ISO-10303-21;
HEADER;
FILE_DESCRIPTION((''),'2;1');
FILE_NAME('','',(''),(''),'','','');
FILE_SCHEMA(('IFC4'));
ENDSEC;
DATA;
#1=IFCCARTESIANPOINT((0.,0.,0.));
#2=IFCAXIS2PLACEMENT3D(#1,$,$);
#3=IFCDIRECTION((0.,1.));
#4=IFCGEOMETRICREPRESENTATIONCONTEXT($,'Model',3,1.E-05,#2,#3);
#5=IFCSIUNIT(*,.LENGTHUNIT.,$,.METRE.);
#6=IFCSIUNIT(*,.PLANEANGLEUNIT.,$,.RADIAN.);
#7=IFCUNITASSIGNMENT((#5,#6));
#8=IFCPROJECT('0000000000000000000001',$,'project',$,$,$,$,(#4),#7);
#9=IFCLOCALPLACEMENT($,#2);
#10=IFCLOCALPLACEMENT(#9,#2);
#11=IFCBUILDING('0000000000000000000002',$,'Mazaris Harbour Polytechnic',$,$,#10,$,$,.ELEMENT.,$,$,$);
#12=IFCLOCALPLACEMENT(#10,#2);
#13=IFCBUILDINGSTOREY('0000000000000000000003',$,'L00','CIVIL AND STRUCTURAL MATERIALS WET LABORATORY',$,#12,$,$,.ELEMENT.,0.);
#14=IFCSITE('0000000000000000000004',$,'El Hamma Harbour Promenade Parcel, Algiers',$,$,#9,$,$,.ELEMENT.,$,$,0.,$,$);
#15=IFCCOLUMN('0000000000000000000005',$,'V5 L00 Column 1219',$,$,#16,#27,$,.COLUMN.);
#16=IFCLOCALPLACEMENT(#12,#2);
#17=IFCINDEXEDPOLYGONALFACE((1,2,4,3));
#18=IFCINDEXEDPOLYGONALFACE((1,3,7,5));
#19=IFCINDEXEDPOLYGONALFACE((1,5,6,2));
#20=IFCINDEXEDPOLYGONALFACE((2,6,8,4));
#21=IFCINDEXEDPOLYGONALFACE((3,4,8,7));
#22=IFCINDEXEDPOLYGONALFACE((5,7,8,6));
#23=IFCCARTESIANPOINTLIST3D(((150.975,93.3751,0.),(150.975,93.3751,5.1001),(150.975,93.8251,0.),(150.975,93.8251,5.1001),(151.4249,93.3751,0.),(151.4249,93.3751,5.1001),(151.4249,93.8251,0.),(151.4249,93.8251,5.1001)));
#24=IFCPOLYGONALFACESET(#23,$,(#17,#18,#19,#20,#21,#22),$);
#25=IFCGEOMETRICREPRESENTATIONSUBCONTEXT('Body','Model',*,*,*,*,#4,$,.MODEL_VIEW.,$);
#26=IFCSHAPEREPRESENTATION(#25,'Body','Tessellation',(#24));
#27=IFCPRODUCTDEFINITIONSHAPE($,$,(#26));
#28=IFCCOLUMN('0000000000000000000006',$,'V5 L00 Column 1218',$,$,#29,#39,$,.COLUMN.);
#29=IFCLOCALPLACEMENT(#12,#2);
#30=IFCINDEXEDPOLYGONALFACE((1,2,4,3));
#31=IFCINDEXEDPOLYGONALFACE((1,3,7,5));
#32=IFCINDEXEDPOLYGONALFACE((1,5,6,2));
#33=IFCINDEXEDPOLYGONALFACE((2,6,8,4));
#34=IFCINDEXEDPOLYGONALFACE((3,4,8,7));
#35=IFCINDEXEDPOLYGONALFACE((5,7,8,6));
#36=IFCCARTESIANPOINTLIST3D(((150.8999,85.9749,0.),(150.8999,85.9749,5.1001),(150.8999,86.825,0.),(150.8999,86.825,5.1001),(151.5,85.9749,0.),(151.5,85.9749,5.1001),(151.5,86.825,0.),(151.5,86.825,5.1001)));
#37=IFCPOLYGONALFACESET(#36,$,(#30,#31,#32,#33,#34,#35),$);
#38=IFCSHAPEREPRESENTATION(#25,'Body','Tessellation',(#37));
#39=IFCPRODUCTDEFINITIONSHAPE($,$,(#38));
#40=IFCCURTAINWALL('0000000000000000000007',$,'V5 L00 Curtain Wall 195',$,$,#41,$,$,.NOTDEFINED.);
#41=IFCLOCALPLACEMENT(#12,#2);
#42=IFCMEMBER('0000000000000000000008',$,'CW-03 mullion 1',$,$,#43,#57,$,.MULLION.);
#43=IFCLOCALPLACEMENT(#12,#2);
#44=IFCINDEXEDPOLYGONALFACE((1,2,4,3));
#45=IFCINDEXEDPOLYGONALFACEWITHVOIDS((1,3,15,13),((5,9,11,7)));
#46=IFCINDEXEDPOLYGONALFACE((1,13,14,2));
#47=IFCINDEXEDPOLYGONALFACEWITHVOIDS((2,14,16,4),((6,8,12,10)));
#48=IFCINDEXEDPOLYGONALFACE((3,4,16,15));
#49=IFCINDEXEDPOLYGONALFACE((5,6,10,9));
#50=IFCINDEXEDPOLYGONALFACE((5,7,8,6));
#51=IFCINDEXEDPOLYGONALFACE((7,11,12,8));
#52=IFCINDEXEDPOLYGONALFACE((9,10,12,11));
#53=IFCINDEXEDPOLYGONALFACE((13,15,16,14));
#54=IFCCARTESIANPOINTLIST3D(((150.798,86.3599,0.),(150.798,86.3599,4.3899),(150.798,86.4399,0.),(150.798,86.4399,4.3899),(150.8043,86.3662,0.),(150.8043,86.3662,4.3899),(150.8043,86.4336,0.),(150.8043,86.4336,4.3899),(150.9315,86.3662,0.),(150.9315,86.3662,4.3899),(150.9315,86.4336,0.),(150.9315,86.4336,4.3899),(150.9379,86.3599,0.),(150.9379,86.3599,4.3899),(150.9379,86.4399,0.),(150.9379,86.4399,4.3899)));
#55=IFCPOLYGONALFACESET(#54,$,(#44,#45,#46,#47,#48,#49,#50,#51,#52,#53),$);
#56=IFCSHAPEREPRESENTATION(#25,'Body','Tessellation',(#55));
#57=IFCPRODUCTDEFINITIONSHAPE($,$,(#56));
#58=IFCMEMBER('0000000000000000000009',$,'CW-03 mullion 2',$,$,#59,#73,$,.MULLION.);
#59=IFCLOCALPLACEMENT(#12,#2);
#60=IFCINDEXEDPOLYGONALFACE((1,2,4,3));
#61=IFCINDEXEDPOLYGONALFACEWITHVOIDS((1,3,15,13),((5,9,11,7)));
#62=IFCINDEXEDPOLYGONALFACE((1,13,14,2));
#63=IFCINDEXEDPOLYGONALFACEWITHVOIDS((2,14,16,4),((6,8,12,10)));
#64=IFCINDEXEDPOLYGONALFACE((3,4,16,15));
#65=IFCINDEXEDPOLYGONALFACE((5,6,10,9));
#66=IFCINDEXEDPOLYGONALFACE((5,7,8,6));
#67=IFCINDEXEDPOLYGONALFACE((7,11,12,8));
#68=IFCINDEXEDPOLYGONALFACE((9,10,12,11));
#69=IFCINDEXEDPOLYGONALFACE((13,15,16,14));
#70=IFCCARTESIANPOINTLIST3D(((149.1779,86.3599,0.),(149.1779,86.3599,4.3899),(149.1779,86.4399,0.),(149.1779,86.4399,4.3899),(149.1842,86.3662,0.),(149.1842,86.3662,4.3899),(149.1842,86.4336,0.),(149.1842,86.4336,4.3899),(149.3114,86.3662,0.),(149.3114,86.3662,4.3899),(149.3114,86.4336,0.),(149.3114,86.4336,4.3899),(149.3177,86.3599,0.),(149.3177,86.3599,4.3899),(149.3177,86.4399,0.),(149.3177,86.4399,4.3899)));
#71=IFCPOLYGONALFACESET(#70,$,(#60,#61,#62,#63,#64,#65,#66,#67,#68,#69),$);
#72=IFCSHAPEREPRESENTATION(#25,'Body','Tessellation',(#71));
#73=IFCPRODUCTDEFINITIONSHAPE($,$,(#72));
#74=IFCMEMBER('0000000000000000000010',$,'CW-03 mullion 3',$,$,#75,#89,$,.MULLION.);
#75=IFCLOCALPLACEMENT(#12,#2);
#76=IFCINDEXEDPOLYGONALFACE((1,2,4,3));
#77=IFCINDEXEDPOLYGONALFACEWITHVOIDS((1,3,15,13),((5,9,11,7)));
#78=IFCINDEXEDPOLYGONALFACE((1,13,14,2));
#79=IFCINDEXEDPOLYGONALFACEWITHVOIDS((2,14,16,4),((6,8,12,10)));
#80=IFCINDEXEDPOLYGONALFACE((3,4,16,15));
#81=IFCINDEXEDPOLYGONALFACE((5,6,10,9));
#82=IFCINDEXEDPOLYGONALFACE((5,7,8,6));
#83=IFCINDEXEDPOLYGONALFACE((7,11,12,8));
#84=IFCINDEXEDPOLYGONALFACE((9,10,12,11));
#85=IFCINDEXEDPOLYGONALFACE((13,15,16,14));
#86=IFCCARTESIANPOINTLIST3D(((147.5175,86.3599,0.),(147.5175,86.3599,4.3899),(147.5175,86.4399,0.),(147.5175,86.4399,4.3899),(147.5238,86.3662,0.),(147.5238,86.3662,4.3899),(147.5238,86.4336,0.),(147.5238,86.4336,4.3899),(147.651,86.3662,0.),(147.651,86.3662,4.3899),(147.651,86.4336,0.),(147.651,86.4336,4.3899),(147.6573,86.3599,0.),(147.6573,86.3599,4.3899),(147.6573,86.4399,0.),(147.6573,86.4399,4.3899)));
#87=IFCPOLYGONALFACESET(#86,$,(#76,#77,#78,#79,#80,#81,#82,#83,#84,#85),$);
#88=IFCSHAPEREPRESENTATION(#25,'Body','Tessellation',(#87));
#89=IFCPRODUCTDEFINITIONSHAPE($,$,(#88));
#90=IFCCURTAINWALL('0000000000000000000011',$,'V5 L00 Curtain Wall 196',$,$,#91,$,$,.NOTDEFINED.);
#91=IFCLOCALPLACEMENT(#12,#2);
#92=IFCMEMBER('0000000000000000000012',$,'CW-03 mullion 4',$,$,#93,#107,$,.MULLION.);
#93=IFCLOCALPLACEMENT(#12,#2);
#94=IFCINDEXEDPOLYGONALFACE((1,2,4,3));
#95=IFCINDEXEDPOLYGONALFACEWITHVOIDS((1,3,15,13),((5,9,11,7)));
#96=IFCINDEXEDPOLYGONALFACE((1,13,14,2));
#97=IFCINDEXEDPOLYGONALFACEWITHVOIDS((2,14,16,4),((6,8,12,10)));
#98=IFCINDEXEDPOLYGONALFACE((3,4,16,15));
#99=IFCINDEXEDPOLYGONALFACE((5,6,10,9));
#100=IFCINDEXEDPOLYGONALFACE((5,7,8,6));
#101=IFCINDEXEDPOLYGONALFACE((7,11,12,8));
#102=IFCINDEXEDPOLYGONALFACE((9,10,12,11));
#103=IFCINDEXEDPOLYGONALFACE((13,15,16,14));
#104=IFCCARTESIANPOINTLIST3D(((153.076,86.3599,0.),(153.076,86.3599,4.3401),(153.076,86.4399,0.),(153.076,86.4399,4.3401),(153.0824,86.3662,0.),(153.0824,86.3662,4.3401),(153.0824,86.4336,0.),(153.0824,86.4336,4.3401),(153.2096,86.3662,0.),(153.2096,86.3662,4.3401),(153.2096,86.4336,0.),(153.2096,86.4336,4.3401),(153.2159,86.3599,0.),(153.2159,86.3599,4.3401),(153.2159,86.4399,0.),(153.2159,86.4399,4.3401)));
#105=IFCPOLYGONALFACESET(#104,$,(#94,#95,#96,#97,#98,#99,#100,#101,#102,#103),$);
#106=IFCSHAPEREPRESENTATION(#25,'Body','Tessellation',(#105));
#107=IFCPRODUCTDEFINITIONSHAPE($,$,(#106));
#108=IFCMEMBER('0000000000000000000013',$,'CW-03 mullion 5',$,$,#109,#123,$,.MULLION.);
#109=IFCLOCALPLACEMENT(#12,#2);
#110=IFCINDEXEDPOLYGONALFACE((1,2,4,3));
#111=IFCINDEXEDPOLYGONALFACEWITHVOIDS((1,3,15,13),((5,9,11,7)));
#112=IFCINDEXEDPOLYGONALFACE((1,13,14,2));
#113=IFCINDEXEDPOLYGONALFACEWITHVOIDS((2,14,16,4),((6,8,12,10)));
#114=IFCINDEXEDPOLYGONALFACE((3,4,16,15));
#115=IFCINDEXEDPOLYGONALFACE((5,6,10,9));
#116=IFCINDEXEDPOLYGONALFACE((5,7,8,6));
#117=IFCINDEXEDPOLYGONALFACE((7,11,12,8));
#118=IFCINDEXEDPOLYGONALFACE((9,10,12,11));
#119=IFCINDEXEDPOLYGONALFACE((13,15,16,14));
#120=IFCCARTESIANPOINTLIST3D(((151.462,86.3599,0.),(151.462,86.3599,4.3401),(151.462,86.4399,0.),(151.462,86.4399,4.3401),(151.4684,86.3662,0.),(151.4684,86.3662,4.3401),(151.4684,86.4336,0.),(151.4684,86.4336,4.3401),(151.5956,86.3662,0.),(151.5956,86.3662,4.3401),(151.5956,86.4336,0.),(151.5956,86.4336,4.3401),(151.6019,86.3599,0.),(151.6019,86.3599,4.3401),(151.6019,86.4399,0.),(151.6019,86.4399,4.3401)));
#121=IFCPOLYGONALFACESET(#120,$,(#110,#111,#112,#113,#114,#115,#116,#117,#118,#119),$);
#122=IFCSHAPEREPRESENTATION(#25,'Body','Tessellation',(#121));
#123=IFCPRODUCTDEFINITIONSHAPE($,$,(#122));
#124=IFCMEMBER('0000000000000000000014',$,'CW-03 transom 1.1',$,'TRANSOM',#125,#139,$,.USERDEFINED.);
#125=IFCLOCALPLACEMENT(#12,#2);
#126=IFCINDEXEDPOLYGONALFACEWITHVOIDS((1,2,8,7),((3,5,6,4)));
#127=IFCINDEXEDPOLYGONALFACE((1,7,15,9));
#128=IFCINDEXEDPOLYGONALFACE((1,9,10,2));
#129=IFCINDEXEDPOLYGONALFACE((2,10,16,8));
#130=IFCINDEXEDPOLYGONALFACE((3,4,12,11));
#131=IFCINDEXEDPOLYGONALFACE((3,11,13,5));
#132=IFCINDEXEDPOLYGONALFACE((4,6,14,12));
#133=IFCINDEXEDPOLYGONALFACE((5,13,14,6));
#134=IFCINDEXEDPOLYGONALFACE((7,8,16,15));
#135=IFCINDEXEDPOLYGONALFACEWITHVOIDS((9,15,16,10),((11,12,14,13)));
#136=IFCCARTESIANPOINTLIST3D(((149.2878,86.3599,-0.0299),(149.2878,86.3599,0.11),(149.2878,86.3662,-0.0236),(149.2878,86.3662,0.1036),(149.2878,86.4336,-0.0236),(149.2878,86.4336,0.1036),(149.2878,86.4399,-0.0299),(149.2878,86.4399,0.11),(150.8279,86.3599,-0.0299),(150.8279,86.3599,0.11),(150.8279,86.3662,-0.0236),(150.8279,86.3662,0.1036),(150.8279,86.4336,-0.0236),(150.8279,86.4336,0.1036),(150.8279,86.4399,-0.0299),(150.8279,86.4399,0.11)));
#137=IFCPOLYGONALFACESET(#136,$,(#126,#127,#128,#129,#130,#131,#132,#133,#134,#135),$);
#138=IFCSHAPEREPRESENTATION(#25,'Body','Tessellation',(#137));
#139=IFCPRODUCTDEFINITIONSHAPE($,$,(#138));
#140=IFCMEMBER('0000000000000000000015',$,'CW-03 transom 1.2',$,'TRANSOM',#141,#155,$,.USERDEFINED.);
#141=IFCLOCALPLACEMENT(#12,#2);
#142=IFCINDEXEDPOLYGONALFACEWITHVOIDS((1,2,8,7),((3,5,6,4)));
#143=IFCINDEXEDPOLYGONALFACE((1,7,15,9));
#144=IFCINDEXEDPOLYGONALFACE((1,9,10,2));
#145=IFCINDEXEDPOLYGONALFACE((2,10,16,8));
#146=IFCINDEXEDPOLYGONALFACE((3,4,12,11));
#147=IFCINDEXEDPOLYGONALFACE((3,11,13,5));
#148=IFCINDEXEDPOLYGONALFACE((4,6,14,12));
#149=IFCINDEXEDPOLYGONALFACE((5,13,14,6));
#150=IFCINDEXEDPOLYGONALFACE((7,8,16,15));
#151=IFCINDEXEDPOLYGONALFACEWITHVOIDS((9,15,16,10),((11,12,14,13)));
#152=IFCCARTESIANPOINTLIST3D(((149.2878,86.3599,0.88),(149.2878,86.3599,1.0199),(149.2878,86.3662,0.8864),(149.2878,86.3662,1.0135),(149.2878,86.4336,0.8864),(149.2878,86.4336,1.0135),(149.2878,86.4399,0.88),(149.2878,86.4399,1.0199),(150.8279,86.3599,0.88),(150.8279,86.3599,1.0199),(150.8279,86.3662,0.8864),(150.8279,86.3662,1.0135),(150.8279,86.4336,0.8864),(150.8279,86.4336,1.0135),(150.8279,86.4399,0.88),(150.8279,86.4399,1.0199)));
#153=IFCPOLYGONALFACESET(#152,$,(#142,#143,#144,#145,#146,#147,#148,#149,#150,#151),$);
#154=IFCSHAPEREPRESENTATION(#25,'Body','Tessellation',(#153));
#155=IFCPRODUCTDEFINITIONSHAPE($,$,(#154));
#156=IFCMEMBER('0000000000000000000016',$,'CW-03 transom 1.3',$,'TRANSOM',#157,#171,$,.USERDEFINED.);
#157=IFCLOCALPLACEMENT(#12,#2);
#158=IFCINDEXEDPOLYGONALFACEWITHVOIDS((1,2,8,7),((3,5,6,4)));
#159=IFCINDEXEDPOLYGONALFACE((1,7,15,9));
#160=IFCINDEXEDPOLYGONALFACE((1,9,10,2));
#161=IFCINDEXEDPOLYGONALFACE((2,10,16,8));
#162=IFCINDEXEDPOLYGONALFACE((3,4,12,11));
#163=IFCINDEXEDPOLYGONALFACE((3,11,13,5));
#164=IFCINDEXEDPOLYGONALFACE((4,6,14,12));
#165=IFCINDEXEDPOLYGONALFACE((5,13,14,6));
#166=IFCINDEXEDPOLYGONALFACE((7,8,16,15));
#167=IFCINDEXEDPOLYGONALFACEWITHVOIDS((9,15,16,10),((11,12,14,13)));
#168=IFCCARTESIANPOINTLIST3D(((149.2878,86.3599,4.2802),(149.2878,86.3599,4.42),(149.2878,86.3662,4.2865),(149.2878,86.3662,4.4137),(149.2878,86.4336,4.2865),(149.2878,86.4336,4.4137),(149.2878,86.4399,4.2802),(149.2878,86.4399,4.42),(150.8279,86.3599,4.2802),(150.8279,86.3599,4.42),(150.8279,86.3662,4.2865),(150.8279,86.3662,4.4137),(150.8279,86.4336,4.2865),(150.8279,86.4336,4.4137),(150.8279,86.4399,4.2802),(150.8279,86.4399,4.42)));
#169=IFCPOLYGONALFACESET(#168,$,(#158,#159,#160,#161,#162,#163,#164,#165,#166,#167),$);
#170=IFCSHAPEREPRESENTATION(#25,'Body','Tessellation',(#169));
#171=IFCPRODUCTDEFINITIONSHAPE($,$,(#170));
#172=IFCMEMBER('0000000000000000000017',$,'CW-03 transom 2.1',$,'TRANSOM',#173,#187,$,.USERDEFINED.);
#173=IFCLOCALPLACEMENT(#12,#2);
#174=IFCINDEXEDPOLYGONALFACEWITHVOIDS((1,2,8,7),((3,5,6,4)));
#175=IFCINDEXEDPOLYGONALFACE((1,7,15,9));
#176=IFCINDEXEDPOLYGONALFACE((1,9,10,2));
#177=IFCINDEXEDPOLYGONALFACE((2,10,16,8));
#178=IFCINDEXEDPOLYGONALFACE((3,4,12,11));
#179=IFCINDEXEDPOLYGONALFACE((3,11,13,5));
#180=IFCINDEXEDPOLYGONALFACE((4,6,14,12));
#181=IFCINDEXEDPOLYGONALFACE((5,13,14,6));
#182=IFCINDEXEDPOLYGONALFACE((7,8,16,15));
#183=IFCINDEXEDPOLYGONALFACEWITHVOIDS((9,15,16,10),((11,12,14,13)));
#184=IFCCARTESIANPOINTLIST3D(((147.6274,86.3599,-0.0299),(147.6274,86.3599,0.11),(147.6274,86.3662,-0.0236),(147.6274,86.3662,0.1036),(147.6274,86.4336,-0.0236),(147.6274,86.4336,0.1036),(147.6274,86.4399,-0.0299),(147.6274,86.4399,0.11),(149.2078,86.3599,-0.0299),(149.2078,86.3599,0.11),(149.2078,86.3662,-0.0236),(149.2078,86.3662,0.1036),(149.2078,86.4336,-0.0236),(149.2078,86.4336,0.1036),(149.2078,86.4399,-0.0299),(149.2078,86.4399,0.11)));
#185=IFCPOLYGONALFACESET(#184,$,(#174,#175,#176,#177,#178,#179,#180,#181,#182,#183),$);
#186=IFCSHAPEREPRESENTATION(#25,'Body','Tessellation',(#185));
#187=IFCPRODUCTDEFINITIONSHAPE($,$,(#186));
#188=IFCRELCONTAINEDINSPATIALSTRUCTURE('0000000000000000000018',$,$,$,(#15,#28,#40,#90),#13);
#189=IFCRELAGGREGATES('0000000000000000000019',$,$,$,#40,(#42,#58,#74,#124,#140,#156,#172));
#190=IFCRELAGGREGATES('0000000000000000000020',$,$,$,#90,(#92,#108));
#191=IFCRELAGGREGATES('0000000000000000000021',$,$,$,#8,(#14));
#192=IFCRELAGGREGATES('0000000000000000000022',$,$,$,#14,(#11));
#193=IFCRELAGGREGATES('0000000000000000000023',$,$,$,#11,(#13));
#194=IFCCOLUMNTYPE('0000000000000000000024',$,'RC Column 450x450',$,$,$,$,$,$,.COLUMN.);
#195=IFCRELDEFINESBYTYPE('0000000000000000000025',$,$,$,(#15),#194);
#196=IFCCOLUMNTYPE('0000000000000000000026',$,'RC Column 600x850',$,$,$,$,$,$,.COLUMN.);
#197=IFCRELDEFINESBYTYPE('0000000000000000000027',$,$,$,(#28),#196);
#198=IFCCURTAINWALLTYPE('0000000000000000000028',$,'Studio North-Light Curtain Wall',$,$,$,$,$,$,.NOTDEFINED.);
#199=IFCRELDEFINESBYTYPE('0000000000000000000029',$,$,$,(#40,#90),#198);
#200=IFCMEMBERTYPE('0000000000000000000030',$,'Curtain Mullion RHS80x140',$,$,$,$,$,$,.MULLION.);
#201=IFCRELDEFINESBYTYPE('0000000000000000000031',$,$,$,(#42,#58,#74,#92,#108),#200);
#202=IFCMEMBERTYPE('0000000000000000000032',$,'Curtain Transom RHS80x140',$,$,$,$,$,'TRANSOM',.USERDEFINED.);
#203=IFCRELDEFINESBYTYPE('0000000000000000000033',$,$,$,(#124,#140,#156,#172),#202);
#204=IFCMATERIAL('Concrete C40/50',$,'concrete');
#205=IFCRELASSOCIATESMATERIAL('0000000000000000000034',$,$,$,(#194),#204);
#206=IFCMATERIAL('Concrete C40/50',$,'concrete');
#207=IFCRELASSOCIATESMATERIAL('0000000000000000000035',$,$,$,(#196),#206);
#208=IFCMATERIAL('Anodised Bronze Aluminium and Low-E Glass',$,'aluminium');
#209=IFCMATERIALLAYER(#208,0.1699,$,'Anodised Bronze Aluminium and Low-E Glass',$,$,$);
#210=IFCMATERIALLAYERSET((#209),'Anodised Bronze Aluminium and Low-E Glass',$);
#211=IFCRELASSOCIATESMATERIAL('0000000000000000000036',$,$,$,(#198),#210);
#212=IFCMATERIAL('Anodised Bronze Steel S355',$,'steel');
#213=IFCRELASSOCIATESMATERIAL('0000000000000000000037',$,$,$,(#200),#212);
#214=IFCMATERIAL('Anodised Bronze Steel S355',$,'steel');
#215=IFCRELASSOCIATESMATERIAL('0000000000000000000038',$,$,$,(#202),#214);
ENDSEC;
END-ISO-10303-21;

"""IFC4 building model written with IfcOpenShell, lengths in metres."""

from ifc_helpers import new_model, si_unit, direction, frame, origin, origin_2d, place, context, subcontext, project, spatial, rectangle, hollow_rectangle, extrude, material, layer, layer_set, material_profile, profile_set, type_object, element, aggregate, save


model = new_model("IFC4")

# Units and contexts
model_context = context("Model", 3, precision=1e-05, world=origin(), true_north=direction((0.0, 1.0)))
body_context = subcontext(model_context, "Body", "Model", "MODEL_VIEW")
ifc_project = project(units=[si_unit("LENGTHUNIT", "METRE"), si_unit("PLANEANGLEUNIT", "RADIAN")], contexts=[model_context])

# Site, building, storey
site_placement = place(None, origin())
site = spatial("IfcSite", under=ifc_project, at=site_placement, Name="El Hamma Harbour Promenade Parcel, Algiers", CompositionType="ELEMENT", RefElevation=0.0)
building_placement = place(site_placement, origin())
building = spatial("IfcBuilding", under=site, at=building_placement, Name="Mazaris Harbour Polytechnic", CompositionType="ELEMENT")
storey_placement = place(building_placement, origin())
storey = spatial("IfcBuildingStorey", under=building, at=storey_placement, Name="L00", Description="CIVIL AND STRUCTURAL MATERIALS WET LABORATORY", CompositionType="ELEMENT", Elevation=0.0)

# Columns
ifc_material_1 = material(Name="Concrete C40/50", Category="concrete")
ifc_material_profile_1 = material_profile(ifc_material_1, rectangle(XDim=0.45, YDim=0.45, at=origin_2d()), Name="RECT450x450")
ifc_profile_set_1 = profile_set([ifc_material_profile_1], Name="Concrete C40/50")
column_type_1 = type_object("IfcColumnType", Name="RC Column 450x450", PredefinedType="COLUMN", material=ifc_profile_set_1)
column_1_placement = place(storey_placement, frame((151.2, 93.6001, 0.0), z_axis=(0.0, 0.0, 1.0), x_axis=(1.0, 0.0, 0.0)))
element("IfcColumn", 1, at=column_1_placement, inside=storey, type_object=column_type_1, Name="V5 L00 Column 1219", PredefinedType="COLUMN", context=body_context, shape_type="SweptSolid", body=[
    extrude(rectangle(XDim=0.45, YDim=0.45, at=origin_2d()), origin(), (0.0, 0.0, 1.0), 5.1001),
])
ifc_material_2 = material(Name="Concrete C40/50", Category="concrete")
ifc_material_profile_2 = material_profile(ifc_material_2, rectangle(XDim=0.6001, YDim=0.8501, at=origin_2d()), Name="RECT600x850")
ifc_profile_set_2 = profile_set([ifc_material_profile_2], Name="Concrete C40/50")
column_type_2 = type_object("IfcColumnType", Name="RC Column 600x850", PredefinedType="COLUMN", material=ifc_profile_set_2)
column_2_placement = place(storey_placement, frame((151.2, 86.3999, 0.0), z_axis=(0.0, 0.0, 1.0), x_axis=(1.0, 0.0, 0.0)))
element("IfcColumn", 2, at=column_2_placement, inside=storey, type_object=column_type_2, Name="V5 L00 Column 1218", PredefinedType="COLUMN", context=body_context, shape_type="SweptSolid", body=[
    extrude(rectangle(XDim=0.6001, YDim=0.8501, at=origin_2d()), origin(), (0.0, 0.0, 1.0), 5.1001),
])

# Curtain walls, members
ifc_material_3 = material(Name="Anodised Bronze Aluminium and Low-E Glass", Category="aluminium")
ifc_layer_1 = layer(ifc_material_3, 0.1699, Name="Anodised Bronze Aluminium and Low-E Glass")
ifc_layer_set_1 = layer_set([ifc_layer_1], Name="Anodised Bronze Aluminium and Low-E Glass")
curtain_wall_type = type_object("IfcCurtainWallType", Name="Studio North-Light Curtain Wall", PredefinedType="NOTDEFINED", material=ifc_layer_set_1)
curtain_wall_1_placement = place(storey_placement, origin())
curtain_wall_1 = element("IfcCurtainWall", 3, at=curtain_wall_1_placement, inside=storey, type_object=curtain_wall_type, Name="V5 L00 Curtain Wall 195", PredefinedType="NOTDEFINED")
ifc_material_4 = material(Name="Anodised Bronze Steel S355", Category="steel")
ifc_material_profile_3 = material_profile(ifc_material_4, hollow_rectangle(XDim=0.0801, YDim=0.1399, WallThickness=0.0063, at=origin_2d()), Name="RHS 80x140x6.3")
ifc_profile_set_3 = profile_set([ifc_material_profile_3], Name="Anodised Bronze Steel S355")
member_type_1 = type_object("IfcMemberType", Name="Curtain Mullion RHS80x140", PredefinedType="MULLION", material=ifc_profile_set_3)
member_1_placement = place(storey_placement, frame((150.8679, 86.3999, 0.0), z_axis=(0.0, 0.0, 1.0), x_axis=(0.0, -1.0, 0.0)))
member_1 = element("IfcMember", 4, at=member_1_placement, type_object=member_type_1, Name="CW-03 mullion 1", PredefinedType="MULLION", context=body_context, shape_type="SweptSolid", body=[
    extrude(hollow_rectangle(XDim=0.0801, YDim=0.1399, WallThickness=0.0063, at=origin_2d()), origin(), (0.0, 0.0, 1.0), 4.3899),
])
member_2_placement = place(storey_placement, frame((149.2478, 86.3999, 0.0), z_axis=(0.0, 0.0, 1.0), x_axis=(0.0, -1.0, 0.0)))
member_2 = element("IfcMember", 5, at=member_2_placement, type_object=member_type_1, Name="CW-03 mullion 2", PredefinedType="MULLION", context=body_context, shape_type="SweptSolid", body=[
    extrude(hollow_rectangle(XDim=0.0801, YDim=0.1399, WallThickness=0.0063, at=origin_2d()), origin(), (0.0, 0.0, 1.0), 4.3899),
])
member_3_placement = place(storey_placement, frame((147.5874, 86.3999, 0.0), z_axis=(0.0, 0.0, 1.0), x_axis=(0.0, -1.0, 0.0)))
member_3 = element("IfcMember", 6, at=member_3_placement, type_object=member_type_1, Name="CW-03 mullion 3", PredefinedType="MULLION", context=body_context, shape_type="SweptSolid", body=[
    extrude(hollow_rectangle(XDim=0.0801, YDim=0.1399, WallThickness=0.0063, at=origin_2d()), origin(), (0.0, 0.0, 1.0), 4.3899),
])
curtain_wall_2_placement = place(storey_placement, origin())
curtain_wall_2 = element("IfcCurtainWall", 7, at=curtain_wall_2_placement, inside=storey, type_object=curtain_wall_type, Name="V5 L00 Curtain Wall 196", PredefinedType="NOTDEFINED")
member_4_placement = place(storey_placement, frame((153.146, 86.3999, 0.0), z_axis=(0.0, 0.0, 1.0), x_axis=(0.0, -1.0, 0.0)))
member_4 = element("IfcMember", 8, at=member_4_placement, type_object=member_type_1, Name="CW-03 mullion 4", PredefinedType="MULLION", context=body_context, shape_type="SweptSolid", body=[
    extrude(hollow_rectangle(XDim=0.0801, YDim=0.1399, WallThickness=0.0063, at=origin_2d()), origin(), (0.0, 0.0, 1.0), 4.3401),
])
member_5_placement = place(storey_placement, frame((151.532, 86.3999, 0.0), z_axis=(0.0, 0.0, 1.0), x_axis=(0.0, -1.0, 0.0)))
member_5 = element("IfcMember", 9, at=member_5_placement, type_object=member_type_1, Name="CW-03 mullion 5", PredefinedType="MULLION", context=body_context, shape_type="SweptSolid", body=[
    extrude(hollow_rectangle(XDim=0.0801, YDim=0.1399, WallThickness=0.0063, at=origin_2d()), origin(), (0.0, 0.0, 1.0), 4.3401),
])

# Members
ifc_material_5 = material(Name="Anodised Bronze Steel S355", Category="steel")
ifc_material_profile_4 = material_profile(ifc_material_5, hollow_rectangle(XDim=0.0801, YDim=0.1399, WallThickness=0.0063, at=origin_2d()), Name="RHS 80x140x6.3")
ifc_profile_set_4 = profile_set([ifc_material_profile_4], Name="Anodised Bronze Steel S355")
member_type_2 = type_object("IfcMemberType", Name="Curtain Transom RHS80x140", ElementType="TRANSOM", PredefinedType="USERDEFINED", material=ifc_profile_set_4)
member_6_placement = place(storey_placement, frame((150.8279, 86.3999, 0.04), z_axis=(-1.0, 0.0, 0.0), x_axis=(0.0, -1.0, 0.0)))
member_6 = element("IfcMember", 10, at=member_6_placement, type_object=member_type_2, Name="CW-03 transom 1.1", ObjectType="TRANSOM", PredefinedType="USERDEFINED", context=body_context, shape_type="SweptSolid", body=[
    extrude(hollow_rectangle(XDim=0.0801, YDim=0.1399, WallThickness=0.0063, at=origin_2d()), origin(), (0.0, 0.0, 1.0), 1.54),
])
member_7_placement = place(storey_placement, frame((150.8279, 86.3999, 0.95), z_axis=(-1.0, 0.0, 0.0), x_axis=(0.0, -1.0, 0.0)))
member_7 = element("IfcMember", 11, at=member_7_placement, type_object=member_type_2, Name="CW-03 transom 1.2", ObjectType="TRANSOM", PredefinedType="USERDEFINED", context=body_context, shape_type="SweptSolid", body=[
    extrude(hollow_rectangle(XDim=0.0801, YDim=0.1399, WallThickness=0.0063, at=origin_2d()), origin(), (0.0, 0.0, 1.0), 1.54),
])
member_8_placement = place(storey_placement, frame((150.8279, 86.3999, 4.3501), z_axis=(-1.0, 0.0, 0.0), x_axis=(0.0, -1.0, 0.0)))
member_8 = element("IfcMember", 12, at=member_8_placement, type_object=member_type_2, Name="CW-03 transom 1.3", ObjectType="TRANSOM", PredefinedType="USERDEFINED", context=body_context, shape_type="SweptSolid", body=[
    extrude(hollow_rectangle(XDim=0.0801, YDim=0.1399, WallThickness=0.0063, at=origin_2d()), origin(), (0.0, 0.0, 1.0), 1.54),
])
member_9_placement = place(storey_placement, frame((149.2078, 86.3999, 0.04), z_axis=(-1.0, 0.0, 0.0), x_axis=(0.0, -1.0, 0.0)))
member_9 = element("IfcMember", 13, at=member_9_placement, type_object=member_type_2, Name="CW-03 transom 2.1", ObjectType="TRANSOM", PredefinedType="USERDEFINED", context=body_context, shape_type="SweptSolid", body=[
    extrude(hollow_rectangle(XDim=0.0801, YDim=0.1399, WallThickness=0.0063, at=origin_2d()), origin(), (0.0, 0.0, 1.0), 1.5803),
])

aggregate(curtain_wall_1, [member_1, member_2, member_3, member_6, member_7, member_8, member_9])
aggregate(curtain_wall_2, [member_4, member_5])

save(model, "model.ifc")
